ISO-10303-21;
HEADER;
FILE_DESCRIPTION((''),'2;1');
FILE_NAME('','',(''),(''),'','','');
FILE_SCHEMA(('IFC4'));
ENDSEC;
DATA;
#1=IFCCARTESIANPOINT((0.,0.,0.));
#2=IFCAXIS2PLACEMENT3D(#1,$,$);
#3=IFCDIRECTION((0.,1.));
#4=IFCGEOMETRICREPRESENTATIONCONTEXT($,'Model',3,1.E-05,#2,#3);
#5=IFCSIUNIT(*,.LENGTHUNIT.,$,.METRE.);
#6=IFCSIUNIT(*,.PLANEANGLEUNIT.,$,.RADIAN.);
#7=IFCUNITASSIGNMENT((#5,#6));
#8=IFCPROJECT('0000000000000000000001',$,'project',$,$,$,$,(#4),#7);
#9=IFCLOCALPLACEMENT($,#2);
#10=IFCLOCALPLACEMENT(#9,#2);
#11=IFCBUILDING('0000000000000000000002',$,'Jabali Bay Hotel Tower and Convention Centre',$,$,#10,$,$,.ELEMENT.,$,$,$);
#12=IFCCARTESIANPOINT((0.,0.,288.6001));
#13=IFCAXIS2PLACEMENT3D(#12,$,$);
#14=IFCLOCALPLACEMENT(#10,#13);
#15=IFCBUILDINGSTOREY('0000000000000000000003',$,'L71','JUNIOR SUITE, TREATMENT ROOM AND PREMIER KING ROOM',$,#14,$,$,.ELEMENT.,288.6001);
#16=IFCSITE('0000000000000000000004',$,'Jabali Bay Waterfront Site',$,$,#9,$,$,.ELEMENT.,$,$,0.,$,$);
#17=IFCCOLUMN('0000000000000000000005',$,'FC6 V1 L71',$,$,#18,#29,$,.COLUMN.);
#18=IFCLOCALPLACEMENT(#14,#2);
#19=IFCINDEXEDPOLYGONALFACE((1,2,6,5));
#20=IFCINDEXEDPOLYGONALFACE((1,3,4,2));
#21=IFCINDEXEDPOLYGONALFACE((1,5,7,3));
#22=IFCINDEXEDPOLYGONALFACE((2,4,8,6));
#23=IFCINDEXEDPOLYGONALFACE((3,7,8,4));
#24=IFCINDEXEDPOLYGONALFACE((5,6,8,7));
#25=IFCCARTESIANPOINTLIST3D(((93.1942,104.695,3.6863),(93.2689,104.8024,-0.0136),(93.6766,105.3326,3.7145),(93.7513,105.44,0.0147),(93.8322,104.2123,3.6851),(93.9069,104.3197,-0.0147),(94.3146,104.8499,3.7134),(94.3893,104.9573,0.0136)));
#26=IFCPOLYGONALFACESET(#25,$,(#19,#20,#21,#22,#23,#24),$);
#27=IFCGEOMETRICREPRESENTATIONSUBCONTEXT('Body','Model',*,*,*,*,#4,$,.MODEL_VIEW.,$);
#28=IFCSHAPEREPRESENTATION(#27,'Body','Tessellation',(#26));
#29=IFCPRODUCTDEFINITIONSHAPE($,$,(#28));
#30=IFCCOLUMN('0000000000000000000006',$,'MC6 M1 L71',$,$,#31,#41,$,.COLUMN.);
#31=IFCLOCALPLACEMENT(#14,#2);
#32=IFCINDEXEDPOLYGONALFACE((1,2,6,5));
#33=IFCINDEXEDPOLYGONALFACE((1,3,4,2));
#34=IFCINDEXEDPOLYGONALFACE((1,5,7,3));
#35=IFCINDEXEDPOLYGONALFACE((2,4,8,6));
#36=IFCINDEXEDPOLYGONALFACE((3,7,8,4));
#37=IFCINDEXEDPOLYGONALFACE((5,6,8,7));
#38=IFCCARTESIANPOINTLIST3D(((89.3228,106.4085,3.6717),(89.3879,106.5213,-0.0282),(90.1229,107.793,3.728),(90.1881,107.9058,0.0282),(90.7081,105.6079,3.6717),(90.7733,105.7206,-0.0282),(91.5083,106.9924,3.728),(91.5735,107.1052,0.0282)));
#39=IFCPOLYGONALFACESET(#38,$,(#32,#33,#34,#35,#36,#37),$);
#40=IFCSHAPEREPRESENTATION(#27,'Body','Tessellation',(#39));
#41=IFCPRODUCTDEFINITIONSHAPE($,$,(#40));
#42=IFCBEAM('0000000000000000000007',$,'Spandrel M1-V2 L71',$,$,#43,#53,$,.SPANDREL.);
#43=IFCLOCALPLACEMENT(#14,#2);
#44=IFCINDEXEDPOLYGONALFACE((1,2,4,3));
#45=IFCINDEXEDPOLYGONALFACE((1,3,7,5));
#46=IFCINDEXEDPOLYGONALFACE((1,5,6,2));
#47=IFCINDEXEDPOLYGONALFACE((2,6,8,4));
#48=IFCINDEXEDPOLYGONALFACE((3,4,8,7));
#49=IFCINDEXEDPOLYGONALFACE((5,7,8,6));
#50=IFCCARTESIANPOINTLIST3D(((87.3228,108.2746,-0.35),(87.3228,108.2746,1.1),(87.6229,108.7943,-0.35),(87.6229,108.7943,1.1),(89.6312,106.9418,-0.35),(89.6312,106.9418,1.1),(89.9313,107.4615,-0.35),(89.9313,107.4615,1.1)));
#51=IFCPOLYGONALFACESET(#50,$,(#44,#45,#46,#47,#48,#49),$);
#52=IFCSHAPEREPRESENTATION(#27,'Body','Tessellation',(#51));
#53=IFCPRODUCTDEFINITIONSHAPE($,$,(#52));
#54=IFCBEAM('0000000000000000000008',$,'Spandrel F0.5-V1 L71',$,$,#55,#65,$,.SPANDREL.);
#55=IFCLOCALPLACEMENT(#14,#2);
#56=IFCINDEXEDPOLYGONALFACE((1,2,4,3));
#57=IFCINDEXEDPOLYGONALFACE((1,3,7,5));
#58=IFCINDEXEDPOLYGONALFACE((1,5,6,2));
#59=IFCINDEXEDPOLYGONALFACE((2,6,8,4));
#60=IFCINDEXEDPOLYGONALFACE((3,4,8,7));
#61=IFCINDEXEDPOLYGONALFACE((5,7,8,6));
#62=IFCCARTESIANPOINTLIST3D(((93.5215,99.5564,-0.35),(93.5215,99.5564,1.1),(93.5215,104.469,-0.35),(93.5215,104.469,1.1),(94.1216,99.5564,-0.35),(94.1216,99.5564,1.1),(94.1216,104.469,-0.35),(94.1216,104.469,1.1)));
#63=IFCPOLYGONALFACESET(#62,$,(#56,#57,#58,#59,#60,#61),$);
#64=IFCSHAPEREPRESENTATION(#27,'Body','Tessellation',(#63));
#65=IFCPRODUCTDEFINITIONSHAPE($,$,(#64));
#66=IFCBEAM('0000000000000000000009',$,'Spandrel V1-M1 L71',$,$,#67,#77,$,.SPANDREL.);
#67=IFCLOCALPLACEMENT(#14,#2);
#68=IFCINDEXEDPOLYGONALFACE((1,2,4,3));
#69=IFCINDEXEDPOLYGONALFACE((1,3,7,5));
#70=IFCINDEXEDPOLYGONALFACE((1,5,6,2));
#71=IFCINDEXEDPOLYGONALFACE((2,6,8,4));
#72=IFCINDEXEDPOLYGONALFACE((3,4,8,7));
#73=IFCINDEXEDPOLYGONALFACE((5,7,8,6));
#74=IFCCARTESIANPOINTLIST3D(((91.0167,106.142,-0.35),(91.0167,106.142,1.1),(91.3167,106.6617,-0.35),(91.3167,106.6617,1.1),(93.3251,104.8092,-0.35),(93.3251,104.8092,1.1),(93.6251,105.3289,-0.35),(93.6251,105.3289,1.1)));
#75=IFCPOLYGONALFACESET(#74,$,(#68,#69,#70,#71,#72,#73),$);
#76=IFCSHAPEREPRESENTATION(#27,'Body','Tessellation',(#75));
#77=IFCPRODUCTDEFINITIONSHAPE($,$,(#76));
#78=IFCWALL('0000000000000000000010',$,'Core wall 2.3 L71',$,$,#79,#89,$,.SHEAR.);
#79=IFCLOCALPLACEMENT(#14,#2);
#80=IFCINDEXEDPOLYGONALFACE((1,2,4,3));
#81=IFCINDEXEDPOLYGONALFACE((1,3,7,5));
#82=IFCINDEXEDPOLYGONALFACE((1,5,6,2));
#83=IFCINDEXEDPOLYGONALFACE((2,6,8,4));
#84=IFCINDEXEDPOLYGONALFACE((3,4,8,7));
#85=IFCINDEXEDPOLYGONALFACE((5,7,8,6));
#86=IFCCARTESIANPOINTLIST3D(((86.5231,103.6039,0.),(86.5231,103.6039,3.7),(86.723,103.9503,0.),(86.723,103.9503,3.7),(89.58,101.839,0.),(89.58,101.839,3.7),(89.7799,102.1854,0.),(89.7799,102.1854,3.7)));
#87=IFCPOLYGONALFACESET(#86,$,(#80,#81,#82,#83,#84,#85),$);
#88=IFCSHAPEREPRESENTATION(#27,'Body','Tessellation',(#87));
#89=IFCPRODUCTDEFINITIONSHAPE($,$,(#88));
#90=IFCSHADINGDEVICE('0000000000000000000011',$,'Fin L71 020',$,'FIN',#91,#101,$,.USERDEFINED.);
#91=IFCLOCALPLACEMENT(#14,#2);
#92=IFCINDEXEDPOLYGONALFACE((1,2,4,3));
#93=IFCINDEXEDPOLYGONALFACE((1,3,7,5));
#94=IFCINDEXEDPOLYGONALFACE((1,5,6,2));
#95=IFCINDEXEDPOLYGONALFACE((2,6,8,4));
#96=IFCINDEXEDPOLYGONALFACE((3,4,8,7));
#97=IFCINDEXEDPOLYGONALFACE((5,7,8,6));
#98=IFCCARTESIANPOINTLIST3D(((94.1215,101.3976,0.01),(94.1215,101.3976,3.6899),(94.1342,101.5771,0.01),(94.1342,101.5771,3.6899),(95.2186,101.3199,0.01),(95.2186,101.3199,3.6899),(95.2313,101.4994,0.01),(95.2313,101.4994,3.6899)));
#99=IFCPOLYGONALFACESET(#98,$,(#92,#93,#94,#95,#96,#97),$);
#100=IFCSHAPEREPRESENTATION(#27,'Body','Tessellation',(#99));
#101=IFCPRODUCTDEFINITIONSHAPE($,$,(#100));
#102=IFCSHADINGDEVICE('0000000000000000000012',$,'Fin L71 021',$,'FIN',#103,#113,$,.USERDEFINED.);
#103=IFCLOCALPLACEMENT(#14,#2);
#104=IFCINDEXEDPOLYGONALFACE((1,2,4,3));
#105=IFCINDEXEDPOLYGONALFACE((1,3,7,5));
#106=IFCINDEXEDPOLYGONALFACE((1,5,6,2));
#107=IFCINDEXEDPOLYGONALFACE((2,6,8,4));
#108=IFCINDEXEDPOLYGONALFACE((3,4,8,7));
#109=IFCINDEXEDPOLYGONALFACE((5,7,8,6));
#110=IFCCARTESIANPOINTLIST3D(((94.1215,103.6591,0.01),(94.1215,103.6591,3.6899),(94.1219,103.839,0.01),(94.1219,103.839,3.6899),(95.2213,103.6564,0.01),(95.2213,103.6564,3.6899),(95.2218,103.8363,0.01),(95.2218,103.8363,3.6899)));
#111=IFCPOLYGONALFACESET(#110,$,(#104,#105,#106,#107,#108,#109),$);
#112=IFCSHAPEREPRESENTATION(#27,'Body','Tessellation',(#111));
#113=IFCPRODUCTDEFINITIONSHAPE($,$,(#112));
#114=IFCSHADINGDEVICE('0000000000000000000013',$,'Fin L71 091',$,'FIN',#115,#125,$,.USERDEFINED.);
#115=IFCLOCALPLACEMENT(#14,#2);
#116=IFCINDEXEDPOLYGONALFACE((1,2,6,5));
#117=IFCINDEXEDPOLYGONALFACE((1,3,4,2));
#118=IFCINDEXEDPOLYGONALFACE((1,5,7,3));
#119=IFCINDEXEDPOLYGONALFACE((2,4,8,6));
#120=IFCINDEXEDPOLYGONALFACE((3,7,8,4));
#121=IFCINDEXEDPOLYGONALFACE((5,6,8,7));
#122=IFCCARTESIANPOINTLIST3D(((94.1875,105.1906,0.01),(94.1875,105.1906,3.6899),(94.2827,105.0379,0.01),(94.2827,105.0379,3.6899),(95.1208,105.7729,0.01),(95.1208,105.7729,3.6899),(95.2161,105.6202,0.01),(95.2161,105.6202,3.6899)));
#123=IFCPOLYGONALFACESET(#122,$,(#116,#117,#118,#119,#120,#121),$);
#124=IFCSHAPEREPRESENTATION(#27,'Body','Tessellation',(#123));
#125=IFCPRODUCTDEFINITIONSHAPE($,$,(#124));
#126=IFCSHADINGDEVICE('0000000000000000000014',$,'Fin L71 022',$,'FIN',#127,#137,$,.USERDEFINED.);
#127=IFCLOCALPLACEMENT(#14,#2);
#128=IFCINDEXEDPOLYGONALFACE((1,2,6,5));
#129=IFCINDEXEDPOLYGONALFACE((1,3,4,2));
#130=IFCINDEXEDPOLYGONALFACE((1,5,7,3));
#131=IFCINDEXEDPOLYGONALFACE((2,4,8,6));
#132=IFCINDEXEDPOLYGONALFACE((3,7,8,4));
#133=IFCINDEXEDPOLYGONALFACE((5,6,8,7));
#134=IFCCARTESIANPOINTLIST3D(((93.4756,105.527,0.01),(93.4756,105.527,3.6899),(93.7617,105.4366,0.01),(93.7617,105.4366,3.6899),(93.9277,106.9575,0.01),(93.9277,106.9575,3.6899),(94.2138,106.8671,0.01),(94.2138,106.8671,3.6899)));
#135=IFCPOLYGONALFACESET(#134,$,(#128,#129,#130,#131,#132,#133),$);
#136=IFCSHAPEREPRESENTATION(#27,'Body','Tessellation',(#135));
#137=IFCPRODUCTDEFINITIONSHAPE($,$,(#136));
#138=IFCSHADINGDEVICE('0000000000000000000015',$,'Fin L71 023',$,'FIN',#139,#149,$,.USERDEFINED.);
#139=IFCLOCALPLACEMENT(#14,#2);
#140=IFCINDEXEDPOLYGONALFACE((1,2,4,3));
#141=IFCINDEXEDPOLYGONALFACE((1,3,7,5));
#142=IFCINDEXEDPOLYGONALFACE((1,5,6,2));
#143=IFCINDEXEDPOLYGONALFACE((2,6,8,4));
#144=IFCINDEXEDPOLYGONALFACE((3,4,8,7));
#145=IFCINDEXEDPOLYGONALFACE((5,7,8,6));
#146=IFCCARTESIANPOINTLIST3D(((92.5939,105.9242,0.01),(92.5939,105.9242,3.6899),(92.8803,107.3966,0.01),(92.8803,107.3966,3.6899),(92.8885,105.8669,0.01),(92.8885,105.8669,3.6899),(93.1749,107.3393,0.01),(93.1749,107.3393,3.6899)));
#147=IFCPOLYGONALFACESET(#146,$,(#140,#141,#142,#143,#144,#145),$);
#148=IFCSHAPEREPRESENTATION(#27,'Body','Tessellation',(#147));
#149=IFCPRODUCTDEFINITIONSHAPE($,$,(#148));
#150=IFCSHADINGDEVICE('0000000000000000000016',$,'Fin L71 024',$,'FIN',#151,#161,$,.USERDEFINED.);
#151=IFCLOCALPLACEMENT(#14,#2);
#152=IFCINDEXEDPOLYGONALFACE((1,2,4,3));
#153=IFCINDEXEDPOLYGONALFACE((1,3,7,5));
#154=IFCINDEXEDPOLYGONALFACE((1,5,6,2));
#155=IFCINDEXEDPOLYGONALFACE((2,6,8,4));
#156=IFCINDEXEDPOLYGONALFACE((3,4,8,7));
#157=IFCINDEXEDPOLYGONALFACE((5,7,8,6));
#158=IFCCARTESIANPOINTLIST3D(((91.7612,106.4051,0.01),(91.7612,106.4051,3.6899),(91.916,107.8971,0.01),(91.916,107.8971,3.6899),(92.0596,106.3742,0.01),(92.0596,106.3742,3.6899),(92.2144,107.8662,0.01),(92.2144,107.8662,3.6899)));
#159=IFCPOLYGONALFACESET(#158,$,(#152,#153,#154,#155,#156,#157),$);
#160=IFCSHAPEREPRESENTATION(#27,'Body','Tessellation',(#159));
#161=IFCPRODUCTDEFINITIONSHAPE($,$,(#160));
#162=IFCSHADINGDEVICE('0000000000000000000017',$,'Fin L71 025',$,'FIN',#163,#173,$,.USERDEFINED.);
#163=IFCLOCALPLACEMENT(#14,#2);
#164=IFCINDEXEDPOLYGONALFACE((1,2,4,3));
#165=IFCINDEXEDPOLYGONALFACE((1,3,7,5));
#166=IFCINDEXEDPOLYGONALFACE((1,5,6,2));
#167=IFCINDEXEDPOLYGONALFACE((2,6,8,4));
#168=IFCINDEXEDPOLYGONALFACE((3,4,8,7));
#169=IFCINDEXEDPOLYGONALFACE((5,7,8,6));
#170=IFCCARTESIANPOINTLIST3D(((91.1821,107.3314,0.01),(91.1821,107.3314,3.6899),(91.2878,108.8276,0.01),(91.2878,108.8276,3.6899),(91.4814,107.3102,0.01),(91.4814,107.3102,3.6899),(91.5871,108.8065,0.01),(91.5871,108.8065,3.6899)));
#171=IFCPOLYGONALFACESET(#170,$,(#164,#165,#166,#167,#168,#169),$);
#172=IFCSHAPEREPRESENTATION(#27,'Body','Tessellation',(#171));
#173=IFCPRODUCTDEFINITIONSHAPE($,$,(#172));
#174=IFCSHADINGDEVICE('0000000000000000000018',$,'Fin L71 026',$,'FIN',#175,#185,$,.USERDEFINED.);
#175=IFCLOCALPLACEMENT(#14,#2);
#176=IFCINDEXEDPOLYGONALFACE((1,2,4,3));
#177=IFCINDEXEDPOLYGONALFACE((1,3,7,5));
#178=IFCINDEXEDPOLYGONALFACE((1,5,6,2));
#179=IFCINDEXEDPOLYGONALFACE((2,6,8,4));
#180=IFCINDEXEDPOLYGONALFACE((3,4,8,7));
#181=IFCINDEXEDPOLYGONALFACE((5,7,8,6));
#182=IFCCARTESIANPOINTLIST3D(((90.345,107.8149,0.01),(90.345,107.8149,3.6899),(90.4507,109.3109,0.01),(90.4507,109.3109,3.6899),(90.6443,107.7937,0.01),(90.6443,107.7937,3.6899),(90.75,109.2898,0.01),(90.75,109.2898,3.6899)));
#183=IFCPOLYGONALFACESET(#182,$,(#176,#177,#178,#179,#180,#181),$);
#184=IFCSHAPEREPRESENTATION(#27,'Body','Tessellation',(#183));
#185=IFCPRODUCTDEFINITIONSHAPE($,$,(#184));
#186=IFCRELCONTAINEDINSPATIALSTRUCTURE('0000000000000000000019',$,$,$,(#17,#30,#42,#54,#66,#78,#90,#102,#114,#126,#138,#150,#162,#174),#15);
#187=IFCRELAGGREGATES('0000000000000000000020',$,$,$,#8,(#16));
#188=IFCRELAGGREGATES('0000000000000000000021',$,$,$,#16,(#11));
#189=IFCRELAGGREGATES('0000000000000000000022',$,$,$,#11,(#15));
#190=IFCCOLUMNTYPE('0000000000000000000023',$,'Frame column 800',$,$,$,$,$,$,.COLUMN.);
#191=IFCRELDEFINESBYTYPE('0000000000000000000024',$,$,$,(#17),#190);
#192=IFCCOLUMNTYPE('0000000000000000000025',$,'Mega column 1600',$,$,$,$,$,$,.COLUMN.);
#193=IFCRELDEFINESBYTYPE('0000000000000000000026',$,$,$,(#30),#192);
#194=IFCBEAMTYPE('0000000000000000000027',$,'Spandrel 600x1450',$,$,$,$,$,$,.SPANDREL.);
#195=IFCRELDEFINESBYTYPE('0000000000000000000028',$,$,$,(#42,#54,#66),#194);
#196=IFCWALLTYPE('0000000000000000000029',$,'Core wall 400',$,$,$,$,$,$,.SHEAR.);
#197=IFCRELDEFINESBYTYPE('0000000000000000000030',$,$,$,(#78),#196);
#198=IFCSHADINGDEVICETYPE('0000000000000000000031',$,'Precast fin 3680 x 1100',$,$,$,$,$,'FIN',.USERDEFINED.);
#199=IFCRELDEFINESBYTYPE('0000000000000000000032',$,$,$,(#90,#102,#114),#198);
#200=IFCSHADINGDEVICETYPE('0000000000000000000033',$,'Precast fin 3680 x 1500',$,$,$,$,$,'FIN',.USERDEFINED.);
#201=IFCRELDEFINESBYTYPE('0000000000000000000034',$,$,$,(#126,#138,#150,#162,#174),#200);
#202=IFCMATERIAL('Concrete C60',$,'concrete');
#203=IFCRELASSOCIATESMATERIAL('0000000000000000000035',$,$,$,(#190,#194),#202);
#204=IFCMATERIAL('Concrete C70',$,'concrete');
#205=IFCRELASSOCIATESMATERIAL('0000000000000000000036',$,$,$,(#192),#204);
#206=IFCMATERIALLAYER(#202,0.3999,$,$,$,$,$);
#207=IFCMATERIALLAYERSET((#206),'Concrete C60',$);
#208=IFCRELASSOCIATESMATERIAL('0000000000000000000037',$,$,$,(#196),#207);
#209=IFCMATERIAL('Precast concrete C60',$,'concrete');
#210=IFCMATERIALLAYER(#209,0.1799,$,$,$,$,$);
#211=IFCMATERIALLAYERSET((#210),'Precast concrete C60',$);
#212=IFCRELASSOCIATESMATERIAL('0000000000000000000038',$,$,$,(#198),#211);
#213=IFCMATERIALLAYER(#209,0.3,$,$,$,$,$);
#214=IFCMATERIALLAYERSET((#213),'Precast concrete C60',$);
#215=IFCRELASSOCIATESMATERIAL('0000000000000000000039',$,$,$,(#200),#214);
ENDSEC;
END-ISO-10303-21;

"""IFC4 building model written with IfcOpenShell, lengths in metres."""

from ifc_helpers import new_model, si_unit, direction, frame, frame_2d, origin, origin_2d, place, context, subcontext, project, spatial, rectangle, extrude, material, layer, layer_set, material_profile, profile_set, type_object, element, save


model = new_model("IFC4")

# Units and contexts
model_context = context("Model", 3, precision=1e-05, world=origin(), true_north=direction((0.0, 1.0)))
body_context = subcontext(model_context, "Body", "Model", "MODEL_VIEW")
ifc_project = project(units=[si_unit("LENGTHUNIT", "METRE"), si_unit("PLANEANGLEUNIT", "RADIAN")], contexts=[model_context])

# Site, building, storey
site_placement = place(None, origin())
site = spatial("IfcSite", under=ifc_project, at=site_placement, Name="Jabali Bay Waterfront Site", CompositionType="ELEMENT", RefElevation=0.0)
building_placement = place(site_placement, origin())
building = spatial("IfcBuilding", under=site, at=building_placement, Name="Jabali Bay Hotel Tower and Convention Centre", CompositionType="ELEMENT")
storey_placement = place(building_placement, frame((0.0, 0.0, 288.6001)))
storey = spatial("IfcBuildingStorey", under=building, at=storey_placement, Name="L71", Description="JUNIOR SUITE, TREATMENT ROOM AND PREMIER KING ROOM", CompositionType="ELEMENT", Elevation=288.6001)

# Columns
ifc_material_1 = material(Name="Concrete C60", Category="concrete")
ifc_material_profile_1 = material_profile(ifc_material_1, rectangle(XDim=0.8, YDim=0.8, at=origin_2d()), Name="Frame column 800")
ifc_profile_set_1 = profile_set([ifc_material_profile_1], Name="Concrete C60")
column_type_1 = type_object("IfcColumnType", Name="Frame column 800", PredefinedType="COLUMN", material=ifc_profile_set_1)
column_1_placement = place(storey_placement, frame((93.8291, 104.8799, 0.0), z_axis=(-0.020179, -0.029015, 0.999375), x_axis=(0.602982, 0.796973, 0.035314)))
element("IfcColumn", 1, at=column_1_placement, inside=storey, type_object=column_type_1, Name="FC6 V1 L71", PredefinedType="COLUMN", context=body_context, shape_type="SweptSolid", body=[
    extrude(rectangle(XDim=0.8, YDim=0.8, at=origin_2d()), origin(), (0.0, 0.0, 1.0), 3.7021),
])
ifc_material_2 = material(Name="Concrete C70", Category="concrete")
ifc_material_profile_2 = material_profile(ifc_material_2, rectangle(XDim=1.6001, YDim=1.6001, at=origin_2d()), Name="Mega column 1600")
ifc_profile_set_2 = profile_set([ifc_material_profile_2], Name="Concrete C70")
column_type_2 = type_object("IfcColumnType", Name="Mega column 1600", PredefinedType="COLUMN", material=ifc_profile_set_2)
column_2_placement = place(storey_placement, frame((90.4807, 106.8132, 0.0), z_axis=(-0.017607, -0.030466, 0.999381), x_axis=(0.865811, -0.500371, 0.0)))
element("IfcColumn", 2, at=column_2_placement, inside=storey, type_object=column_type_2, Name="MC6 M1 L71", PredefinedType="COLUMN", context=body_context, shape_type="SweptSolid", body=[
    extrude(rectangle(XDim=1.6001, YDim=1.6001, at=origin_2d()), origin(), (0.0, 0.0, 1.0), 3.7021),
])

# Beams
ifc_material_profile_3 = material_profile(ifc_material_1, rectangle(XDim=0.6001, YDim=1.45, at=origin_2d()), Name="Spandrel 600x1450")
ifc_profile_set_3 = profile_set([ifc_material_profile_3], Name="Concrete C60")
beam_type = type_object("IfcBeamType", Name="Spandrel 600x1450", PredefinedType="SPANDREL", material=ifc_profile_set_3)
beam_1_placement = place(storey_placement, frame((89.7812, 107.2017, 0.375), z_axis=(-0.866019, 0.500011, 0.0), x_axis=(-0.500011, -0.866019, 0.0)))
element("IfcBeam", 3, at=beam_1_placement, inside=storey, type_object=beam_type, Name="Spandrel M1-V2 L71", PredefinedType="SPANDREL", context=body_context, shape_type="SweptSolid", body=[
    extrude(rectangle(XDim=0.6001, YDim=1.45, at=origin_2d()), origin(), (0.0, 0.0, 1.0), 2.6655),
])
beam_2_placement = place(storey_placement, frame((93.8215, 99.5564, 0.375), z_axis=(0.0, 1.0, 0.0), x_axis=(-1.0, 0.0, 0.0)))
element("IfcBeam", 4, at=beam_2_placement, inside=storey, type_object=beam_type, Name="Spandrel F0.5-V1 L71", PredefinedType="SPANDREL", context=body_context, shape_type="SweptSolid", body=[
    extrude(rectangle(XDim=0.6001, YDim=1.45, at=origin_2d()), origin(), (0.0, 0.0, 1.0), 4.9126),
])
beam_3_placement = place(storey_placement, frame((93.4751, 105.0691, 0.375), z_axis=(-0.866019, 0.500011, 0.0), x_axis=(-0.500011, -0.866019, 0.0)))
element("IfcBeam", 5, at=beam_3_placement, inside=storey, type_object=beam_type, Name="Spandrel V1-M1 L71", PredefinedType="SPANDREL", context=body_context, shape_type="SweptSolid", body=[
    extrude(rectangle(XDim=0.6001, YDim=1.45, at=origin_2d()), origin(), (0.0, 0.0, 1.0), 2.6655),
])

# Wall
ifc_layer_1 = layer(ifc_material_1, 0.3999)
ifc_layer_set_1 = layer_set([ifc_layer_1], Name="Concrete C60")
wall_type_1 = type_object("IfcWallType", Name="Core wall 400", PredefinedType="SHEAR", material=ifc_layer_set_1)
wall_1_placement = place(storey_placement, frame((89.6799, 102.0122, 0.0), z_axis=(0.0, 0.0, 1.0), x_axis=(-0.866025, 0.5, 0.0)))
element("IfcWall", 6, at=wall_1_placement, inside=storey, type_object=wall_type_1, Name="Core wall 2.3 L71", PredefinedType="SHEAR", context=body_context, shape_type="SweptSolid", body=[
    extrude(rectangle(XDim=3.5298, YDim=0.3999, at=frame_2d((1.7649, 0.0))), origin(), (0.0, 0.0, 1.0), 3.7),
])

# Shading devices
ifc_material_3 = material(Name="Precast concrete C60", Category="concrete")
ifc_layer_2 = layer(ifc_material_3, 0.1799)
ifc_layer_set_2 = layer_set([ifc_layer_2], Name="Precast concrete C60")
shading_device_type_1 = type_object("IfcShadingDeviceType", Name="Precast fin 3680 x 1100", ElementType="FIN", PredefinedType="USERDEFINED", material=ifc_layer_set_2)
for number, where, z_axis, x_axis, name in (
    (7, (94.1279, 101.4873, 0.01), (0.0, 0.0, 1.0), (0.997506, -0.070585, 0.0), "Fin L71 020"),
    (8, (94.1218, 103.749, 0.01), (0.0, 0.0, 1.0), (0.999997, -0.002442, 0.0), "Fin L71 021"),
):
    element("IfcShadingDevice", number, at=place(storey_placement, frame(where, z_axis=z_axis, x_axis=x_axis)), inside=storey, type_object=shading_device_type_1, Name=name, ObjectType="FIN", PredefinedType="USERDEFINED", context=body_context, shape_type="SweptSolid", body=[
        extrude(rectangle(XDim=1.0999, YDim=0.1799, at=frame_2d((0.5498, 0.0))), origin(), (0.0, 0.0, 1.0), 3.6799),
    ])
shading_device_1_placement = place(storey_placement, frame((94.2351, 105.1143, 0.01), z_axis=(0.0, 0.0, 1.0), x_axis=(0.848434, 0.529301, 0.0)))
element("IfcShadingDevice", 9, at=shading_device_1_placement, inside=storey, type_object=shading_device_type_1, Name="Fin L71 091", ObjectType="FIN", PredefinedType="USERDEFINED", context=body_context, shape_type="SweptSolid", body=[
    extrude(rectangle(XDim=1.1001, YDim=0.1799, at=frame_2d((0.55, 0.0))), origin(), (0.0, 0.0, 1.0), 3.6799),
])
ifc_layer_3 = layer(ifc_material_3, 0.3)
ifc_layer_set_3 = layer_set([ifc_layer_3], Name="Precast concrete C60")
shading_device_type_2 = type_object("IfcShadingDeviceType", Name="Precast fin 3680 x 1500", ElementType="FIN", PredefinedType="USERDEFINED", material=ifc_layer_set_3)
shading_device_2_placement = place(storey_placement, frame((93.6187, 105.4819, 0.01), z_axis=(0.0, 0.0, 1.0), x_axis=(0.301396, 0.953499, 0.0)))
element("IfcShadingDevice", 10, at=shading_device_2_placement, inside=storey, type_object=shading_device_type_2, Name="Fin L71 022", ObjectType="FIN", PredefinedType="USERDEFINED", context=body_context, shape_type="SweptSolid", body=[
    extrude(rectangle(XDim=1.5002, YDim=0.3, at=frame_2d((0.75, 0.0))), origin(), (0.0, 0.0, 1.0), 3.6799),
])
for number, where, z_axis, x_axis, name in (
    (11, (92.7412, 105.8955, 0.01), (0.0, 0.0, 1.0), (0.190918, 0.981606, 0.0), "Fin L71 023"),
    (12, (91.9104, 106.3896, 0.01), (0.0, 0.0, 1.0), (0.103193, 0.994661, 0.0), "Fin L71 024"),
    (13, (91.3318, 107.3208, 0.01), (0.0, 0.0, 1.0), (0.070472, 0.997514, 0.0), "Fin L71 025"),
):
    element("IfcShadingDevice", number, at=place(storey_placement, frame(where, z_axis=z_axis, x_axis=x_axis)), inside=storey, type_object=shading_device_type_2, Name=name, ObjectType="FIN", PredefinedType="USERDEFINED", context=body_context, shape_type="SweptSolid", body=[
        extrude(rectangle(XDim=1.5, YDim=0.3, at=frame_2d((0.75, 0.0))), origin(), (0.0, 0.0, 1.0), 3.6799),
    ])
for number, where, z_axis, x_axis, name in (
    (14, (90.4946, 107.8042, 0.01), (0.0, 0.0, 1.0), (0.070484, 0.997513, 0.0), "Fin L71 026"),
):
    element("IfcShadingDevice", number, at=place(storey_placement, frame(where, z_axis=z_axis, x_axis=x_axis)), inside=storey, type_object=shading_device_type_2, Name=name, ObjectType="FIN", PredefinedType="USERDEFINED", context=body_context, shape_type="SweptSolid", body=[
        extrude(rectangle(XDim=1.4998, YDim=0.3, at=frame_2d((0.75, 0.0))), origin(), (0.0, 0.0, 1.0), 3.6799),
    ])

save(model, "model.ifc")
